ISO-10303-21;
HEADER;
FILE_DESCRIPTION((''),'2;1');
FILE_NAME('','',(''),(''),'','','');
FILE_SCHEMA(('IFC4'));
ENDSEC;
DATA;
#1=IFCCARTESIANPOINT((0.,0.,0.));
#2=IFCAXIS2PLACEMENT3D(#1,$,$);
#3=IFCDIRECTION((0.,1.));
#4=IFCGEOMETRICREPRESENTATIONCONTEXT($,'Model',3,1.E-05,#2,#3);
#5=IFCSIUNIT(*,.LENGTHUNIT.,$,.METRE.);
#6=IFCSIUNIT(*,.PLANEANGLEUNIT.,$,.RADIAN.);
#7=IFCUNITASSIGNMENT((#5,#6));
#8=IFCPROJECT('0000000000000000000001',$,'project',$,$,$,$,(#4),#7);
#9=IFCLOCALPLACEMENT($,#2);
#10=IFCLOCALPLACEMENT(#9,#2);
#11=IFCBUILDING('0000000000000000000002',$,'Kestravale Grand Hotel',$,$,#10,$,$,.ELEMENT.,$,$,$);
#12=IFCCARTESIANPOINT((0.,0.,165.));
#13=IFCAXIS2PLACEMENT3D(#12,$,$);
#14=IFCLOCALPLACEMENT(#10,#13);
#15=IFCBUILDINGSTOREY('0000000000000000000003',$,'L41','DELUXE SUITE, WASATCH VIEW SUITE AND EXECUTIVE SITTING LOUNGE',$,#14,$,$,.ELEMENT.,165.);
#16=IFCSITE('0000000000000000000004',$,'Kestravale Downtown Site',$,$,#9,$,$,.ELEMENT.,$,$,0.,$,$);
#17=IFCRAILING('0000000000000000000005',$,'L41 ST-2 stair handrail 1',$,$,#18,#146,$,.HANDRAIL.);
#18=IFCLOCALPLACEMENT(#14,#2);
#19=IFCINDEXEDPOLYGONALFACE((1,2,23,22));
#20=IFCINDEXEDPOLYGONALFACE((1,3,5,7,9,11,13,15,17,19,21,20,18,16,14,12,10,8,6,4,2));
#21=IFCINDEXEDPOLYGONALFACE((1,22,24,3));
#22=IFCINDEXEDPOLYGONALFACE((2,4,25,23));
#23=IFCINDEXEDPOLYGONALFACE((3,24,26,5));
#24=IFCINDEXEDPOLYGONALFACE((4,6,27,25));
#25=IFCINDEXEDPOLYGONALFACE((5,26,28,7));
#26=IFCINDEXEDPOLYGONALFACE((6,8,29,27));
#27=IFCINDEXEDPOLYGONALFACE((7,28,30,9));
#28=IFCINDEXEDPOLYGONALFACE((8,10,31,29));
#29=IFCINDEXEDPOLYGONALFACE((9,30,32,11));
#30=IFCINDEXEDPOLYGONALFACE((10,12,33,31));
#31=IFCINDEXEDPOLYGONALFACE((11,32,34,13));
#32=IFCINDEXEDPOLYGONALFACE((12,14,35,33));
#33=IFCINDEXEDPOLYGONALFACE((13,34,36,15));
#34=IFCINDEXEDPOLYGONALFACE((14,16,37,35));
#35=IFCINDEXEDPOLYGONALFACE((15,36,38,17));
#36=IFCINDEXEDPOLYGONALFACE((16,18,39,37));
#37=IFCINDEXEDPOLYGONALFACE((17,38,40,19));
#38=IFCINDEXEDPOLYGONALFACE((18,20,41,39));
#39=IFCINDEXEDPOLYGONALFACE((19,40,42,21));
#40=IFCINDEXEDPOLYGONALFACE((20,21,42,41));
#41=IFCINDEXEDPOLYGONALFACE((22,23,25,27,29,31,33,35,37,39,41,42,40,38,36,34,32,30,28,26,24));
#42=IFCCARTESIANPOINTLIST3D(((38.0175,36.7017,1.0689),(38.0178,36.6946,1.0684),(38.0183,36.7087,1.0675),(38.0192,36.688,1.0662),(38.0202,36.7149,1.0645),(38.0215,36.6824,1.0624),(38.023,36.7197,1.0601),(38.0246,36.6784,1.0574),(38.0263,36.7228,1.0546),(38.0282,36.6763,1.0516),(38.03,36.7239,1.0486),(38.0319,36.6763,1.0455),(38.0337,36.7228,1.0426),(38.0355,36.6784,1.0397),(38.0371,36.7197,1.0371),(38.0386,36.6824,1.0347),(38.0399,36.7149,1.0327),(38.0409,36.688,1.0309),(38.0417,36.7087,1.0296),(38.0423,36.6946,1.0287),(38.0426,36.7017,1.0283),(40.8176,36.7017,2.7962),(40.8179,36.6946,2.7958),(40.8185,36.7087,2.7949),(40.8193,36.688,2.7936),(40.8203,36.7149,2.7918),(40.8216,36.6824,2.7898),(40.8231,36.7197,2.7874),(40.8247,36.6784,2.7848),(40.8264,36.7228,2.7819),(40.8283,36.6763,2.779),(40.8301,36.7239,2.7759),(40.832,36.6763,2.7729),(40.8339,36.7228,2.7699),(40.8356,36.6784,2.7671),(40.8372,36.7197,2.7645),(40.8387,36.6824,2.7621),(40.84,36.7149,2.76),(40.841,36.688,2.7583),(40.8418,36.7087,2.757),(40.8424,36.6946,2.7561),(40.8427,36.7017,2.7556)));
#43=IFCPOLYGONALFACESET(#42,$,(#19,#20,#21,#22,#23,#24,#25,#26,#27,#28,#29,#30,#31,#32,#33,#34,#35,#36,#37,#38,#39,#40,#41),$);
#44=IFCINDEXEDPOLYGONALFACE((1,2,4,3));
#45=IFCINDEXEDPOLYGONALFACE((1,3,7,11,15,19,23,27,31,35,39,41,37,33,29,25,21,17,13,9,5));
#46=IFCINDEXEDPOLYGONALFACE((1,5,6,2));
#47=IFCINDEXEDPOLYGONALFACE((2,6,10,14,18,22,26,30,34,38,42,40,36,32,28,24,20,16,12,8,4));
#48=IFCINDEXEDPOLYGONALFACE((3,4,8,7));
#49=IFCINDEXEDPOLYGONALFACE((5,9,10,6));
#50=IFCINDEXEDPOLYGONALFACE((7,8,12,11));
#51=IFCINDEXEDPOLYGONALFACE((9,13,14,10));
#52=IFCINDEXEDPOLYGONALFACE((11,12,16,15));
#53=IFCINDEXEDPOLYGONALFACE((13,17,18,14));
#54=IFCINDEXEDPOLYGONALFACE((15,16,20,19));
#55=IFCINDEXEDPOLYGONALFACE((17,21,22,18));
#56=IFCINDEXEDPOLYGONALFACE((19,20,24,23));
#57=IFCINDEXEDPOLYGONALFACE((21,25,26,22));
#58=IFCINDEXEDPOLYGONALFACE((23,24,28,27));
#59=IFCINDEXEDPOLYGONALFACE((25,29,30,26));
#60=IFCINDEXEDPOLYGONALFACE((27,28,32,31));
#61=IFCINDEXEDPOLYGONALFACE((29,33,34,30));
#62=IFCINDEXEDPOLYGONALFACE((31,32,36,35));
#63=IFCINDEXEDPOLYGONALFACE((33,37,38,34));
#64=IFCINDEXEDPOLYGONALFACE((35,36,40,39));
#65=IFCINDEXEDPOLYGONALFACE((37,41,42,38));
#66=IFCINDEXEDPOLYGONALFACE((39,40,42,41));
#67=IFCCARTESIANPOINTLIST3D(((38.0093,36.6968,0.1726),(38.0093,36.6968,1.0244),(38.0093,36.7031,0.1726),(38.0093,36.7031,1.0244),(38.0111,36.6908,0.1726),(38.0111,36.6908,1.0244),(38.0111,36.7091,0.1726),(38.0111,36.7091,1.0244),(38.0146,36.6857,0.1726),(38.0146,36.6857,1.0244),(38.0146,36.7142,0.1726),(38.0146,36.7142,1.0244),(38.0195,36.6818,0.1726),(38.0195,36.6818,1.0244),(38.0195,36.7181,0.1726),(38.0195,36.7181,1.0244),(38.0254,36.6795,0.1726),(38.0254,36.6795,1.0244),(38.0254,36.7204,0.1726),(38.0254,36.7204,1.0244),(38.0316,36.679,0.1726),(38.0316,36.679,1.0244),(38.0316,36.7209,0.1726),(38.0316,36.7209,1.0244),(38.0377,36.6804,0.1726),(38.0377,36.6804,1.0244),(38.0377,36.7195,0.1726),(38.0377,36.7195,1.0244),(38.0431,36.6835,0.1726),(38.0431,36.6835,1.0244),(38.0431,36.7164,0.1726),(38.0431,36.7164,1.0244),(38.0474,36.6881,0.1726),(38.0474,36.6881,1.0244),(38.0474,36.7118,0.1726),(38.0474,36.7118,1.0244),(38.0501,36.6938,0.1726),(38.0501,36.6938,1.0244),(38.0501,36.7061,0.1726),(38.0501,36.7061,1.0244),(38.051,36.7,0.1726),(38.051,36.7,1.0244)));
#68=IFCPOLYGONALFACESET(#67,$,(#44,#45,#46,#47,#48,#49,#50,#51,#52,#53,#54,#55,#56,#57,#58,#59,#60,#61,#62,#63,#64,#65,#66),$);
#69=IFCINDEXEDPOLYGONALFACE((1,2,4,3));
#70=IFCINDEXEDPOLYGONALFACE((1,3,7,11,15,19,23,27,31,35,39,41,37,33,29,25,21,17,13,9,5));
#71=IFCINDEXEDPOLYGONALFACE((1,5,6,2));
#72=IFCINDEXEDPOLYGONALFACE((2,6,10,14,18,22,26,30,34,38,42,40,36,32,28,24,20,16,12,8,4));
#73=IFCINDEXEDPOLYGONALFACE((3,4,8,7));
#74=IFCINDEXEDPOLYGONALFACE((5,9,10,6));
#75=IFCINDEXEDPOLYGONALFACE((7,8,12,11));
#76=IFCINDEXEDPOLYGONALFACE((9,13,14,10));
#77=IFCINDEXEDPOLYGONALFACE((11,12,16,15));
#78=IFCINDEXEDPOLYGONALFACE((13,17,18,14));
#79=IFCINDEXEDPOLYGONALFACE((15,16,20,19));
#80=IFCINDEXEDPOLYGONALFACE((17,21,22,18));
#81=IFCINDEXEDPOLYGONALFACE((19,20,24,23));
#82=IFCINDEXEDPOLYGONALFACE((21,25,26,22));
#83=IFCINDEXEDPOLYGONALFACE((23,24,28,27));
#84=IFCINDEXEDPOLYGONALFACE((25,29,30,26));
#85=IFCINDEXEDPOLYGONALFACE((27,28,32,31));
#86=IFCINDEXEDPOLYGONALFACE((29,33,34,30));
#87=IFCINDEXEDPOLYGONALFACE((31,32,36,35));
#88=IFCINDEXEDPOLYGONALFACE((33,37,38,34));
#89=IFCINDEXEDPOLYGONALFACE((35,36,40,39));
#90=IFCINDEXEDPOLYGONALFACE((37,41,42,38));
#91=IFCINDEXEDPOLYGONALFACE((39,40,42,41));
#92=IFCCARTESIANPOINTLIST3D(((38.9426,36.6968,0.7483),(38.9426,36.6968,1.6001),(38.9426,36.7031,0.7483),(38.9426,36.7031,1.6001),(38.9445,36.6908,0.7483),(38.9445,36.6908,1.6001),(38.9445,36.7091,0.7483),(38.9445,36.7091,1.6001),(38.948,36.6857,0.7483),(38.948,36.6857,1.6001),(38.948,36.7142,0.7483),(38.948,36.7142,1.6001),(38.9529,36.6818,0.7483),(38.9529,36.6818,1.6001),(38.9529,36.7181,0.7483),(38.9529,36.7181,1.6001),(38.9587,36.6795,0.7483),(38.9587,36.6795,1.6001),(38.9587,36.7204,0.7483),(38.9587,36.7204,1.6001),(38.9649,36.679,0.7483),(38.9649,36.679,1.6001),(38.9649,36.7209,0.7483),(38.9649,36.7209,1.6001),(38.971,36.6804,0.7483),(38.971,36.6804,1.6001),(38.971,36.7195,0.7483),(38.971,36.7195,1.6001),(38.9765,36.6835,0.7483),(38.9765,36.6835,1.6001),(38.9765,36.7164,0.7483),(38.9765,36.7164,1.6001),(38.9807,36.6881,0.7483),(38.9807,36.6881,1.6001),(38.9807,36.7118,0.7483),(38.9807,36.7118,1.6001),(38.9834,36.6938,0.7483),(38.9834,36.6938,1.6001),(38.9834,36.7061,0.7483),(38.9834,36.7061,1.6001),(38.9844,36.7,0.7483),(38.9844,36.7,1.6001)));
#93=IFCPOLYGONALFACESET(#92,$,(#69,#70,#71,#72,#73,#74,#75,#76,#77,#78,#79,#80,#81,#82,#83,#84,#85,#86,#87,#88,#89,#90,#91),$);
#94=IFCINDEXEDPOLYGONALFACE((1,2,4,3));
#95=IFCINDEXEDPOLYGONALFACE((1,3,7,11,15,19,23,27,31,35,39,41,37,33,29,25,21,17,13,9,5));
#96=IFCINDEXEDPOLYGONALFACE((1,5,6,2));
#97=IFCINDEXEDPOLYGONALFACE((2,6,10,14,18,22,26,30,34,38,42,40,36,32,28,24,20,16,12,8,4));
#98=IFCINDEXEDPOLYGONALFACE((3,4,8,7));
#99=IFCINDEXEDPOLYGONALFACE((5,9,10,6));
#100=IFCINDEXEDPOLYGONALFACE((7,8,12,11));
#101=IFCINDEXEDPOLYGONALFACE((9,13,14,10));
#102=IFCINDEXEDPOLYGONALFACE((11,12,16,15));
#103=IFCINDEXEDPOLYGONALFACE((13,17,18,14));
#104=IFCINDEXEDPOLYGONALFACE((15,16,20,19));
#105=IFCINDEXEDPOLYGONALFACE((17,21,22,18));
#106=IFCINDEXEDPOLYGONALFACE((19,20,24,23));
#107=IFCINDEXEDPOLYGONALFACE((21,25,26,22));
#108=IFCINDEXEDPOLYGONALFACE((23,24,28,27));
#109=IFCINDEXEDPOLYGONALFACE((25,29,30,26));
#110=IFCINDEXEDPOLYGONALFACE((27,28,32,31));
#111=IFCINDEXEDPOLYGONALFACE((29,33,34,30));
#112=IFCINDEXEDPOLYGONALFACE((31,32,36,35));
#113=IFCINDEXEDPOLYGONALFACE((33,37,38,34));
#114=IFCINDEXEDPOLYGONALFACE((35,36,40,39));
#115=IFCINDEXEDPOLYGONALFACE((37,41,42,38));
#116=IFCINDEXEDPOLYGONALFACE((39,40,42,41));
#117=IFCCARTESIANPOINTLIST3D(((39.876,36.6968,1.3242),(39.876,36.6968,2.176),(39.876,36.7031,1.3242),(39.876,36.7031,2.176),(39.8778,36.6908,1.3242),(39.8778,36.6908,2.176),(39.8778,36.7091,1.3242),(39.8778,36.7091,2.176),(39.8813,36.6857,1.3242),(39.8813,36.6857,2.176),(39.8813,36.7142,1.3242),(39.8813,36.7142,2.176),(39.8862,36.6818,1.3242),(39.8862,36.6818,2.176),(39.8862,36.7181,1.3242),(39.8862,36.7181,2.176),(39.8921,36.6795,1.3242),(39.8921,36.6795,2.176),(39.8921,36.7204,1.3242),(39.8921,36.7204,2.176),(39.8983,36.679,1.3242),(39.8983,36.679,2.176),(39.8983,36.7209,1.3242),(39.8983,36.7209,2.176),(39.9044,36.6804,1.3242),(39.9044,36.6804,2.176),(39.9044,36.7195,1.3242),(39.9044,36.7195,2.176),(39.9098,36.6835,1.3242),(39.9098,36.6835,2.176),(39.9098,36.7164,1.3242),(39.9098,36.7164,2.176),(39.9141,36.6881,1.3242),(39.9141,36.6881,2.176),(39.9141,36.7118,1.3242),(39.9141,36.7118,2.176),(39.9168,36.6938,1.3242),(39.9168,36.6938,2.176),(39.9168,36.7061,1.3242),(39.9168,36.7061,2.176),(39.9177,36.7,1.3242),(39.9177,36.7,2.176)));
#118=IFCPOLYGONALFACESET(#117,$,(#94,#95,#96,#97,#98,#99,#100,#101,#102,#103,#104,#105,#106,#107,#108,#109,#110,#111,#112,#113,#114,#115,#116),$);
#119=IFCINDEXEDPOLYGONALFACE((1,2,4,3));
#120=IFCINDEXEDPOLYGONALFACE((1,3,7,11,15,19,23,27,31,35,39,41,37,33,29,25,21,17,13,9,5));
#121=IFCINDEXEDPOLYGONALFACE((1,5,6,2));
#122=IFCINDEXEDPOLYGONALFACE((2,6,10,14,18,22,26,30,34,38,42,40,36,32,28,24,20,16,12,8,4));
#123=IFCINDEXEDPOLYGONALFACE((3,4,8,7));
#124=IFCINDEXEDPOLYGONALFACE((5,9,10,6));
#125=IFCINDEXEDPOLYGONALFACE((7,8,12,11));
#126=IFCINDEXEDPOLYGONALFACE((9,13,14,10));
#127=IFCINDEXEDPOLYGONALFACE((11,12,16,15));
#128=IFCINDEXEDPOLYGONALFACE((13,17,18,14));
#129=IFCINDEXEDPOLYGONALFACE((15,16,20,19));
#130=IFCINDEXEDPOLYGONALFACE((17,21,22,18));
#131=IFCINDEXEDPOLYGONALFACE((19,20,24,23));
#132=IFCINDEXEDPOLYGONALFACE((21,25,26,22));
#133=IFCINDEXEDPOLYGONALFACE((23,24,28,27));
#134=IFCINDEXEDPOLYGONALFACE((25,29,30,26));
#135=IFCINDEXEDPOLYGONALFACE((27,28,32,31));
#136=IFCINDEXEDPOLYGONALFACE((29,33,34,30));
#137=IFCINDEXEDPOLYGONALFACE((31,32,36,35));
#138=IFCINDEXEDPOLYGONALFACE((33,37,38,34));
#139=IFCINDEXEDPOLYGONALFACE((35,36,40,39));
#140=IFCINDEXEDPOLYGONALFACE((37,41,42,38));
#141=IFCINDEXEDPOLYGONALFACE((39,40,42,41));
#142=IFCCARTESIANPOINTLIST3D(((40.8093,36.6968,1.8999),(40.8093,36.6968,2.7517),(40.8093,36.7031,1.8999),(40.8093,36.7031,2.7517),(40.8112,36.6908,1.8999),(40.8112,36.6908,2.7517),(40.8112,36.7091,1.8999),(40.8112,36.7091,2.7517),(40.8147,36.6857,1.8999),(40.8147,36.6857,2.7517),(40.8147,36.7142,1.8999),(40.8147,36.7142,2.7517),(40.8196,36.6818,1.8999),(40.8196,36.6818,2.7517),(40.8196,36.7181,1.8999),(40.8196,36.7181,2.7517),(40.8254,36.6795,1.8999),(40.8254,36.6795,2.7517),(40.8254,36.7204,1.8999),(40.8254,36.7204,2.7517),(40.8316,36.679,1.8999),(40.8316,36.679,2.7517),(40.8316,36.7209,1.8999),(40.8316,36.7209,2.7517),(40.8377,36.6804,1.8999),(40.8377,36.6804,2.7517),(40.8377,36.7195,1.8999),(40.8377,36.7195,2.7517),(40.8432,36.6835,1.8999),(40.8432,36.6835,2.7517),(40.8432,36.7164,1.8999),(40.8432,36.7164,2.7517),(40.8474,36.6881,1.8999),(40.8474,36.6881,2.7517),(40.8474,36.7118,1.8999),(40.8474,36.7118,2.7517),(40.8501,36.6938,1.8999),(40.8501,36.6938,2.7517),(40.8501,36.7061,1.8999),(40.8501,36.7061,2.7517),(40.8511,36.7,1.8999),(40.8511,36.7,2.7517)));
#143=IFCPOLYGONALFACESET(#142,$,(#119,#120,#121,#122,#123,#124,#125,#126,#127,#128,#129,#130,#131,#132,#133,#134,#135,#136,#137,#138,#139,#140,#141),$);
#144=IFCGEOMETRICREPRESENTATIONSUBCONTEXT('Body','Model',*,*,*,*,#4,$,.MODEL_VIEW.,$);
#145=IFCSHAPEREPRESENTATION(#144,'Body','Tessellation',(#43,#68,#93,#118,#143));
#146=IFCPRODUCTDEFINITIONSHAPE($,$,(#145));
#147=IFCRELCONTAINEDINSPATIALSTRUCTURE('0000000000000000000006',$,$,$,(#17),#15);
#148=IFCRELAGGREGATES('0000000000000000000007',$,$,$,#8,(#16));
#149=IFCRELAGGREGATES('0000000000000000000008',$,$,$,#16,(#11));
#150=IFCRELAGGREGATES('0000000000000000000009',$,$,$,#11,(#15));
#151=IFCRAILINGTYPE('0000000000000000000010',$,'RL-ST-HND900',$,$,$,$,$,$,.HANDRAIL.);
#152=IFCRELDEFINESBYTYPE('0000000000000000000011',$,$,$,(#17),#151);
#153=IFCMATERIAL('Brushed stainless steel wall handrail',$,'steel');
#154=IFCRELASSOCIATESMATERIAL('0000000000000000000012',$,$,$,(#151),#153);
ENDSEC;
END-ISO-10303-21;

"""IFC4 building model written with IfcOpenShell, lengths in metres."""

from ifc_helpers import new_model, si_unit, direction, frame, origin, origin_2d, place, context, subcontext, project, spatial, circle, extrude, material, type_object, element, save


model = new_model("IFC4")

# Units and contexts
model_context = context("Model", 3, precision=1e-05, world=origin(), true_north=direction((0.0, 1.0)))
body_context = subcontext(model_context, "Body", "Model", "MODEL_VIEW")
ifc_project = project(units=[si_unit("LENGTHUNIT", "METRE"), si_unit("PLANEANGLEUNIT", "RADIAN")], contexts=[model_context])

# Site, building, storey
site_placement = place(None, origin())
site = spatial("IfcSite", under=ifc_project, at=site_placement, Name="Kestravale Downtown Site", CompositionType="ELEMENT", RefElevation=0.0)
building_placement = place(site_placement, origin())
building = spatial("IfcBuilding", under=site, at=building_placement, Name="Kestravale Grand Hotel", CompositionType="ELEMENT")
storey_placement = place(building_placement, frame((0.0, 0.0, 165.0)))
storey = spatial("IfcBuildingStorey", under=building, at=storey_placement, Name="L41", Description="DELUXE SUITE, WASATCH VIEW SUITE AND EXECUTIVE SITTING LOUNGE", CompositionType="ELEMENT", Elevation=165.0)

# Railing
ifc_material_1 = material(Name="Brushed stainless steel wall handrail", Category="steel")
railing_type_1 = type_object("IfcRailingType", Name="RL-ST-HND900", PredefinedType="HANDRAIL", material=ifc_material_1)
railing_1_placement = place(storey_placement, frame((38.03, 36.7, 0.1726)))
element("IfcRailing", 1, at=railing_1_placement, inside=storey, type_object=railing_type_1, Name="L41 ST-2 stair handrail 1", PredefinedType="HANDRAIL", context=body_context, shape_type="SweptSolid", body=[
    extrude(circle(Radius=0.0239, at=origin_2d()), frame((0.0, 0.0, 0.876), z_axis=(0.85109, 0.0, 0.52502), x_axis=(0.0, 1.0, 0.0)), (0.0, 0.0, 1.0), 3.29),
    extrude(circle(Radius=0.021, at=origin_2d()), origin(), (0.0, 0.0, 1.0), 0.8518),
    extrude(circle(Radius=0.021, at=origin_2d()), frame((0.9333, 0.0, 0.5757)), (0.0, 0.0, 1.0), 0.8518),
    extrude(circle(Radius=0.021, at=origin_2d()), frame((1.8667, 0.0, 1.1516)), (0.0, 0.0, 1.0), 0.8518),
    extrude(circle(Radius=0.021, at=origin_2d()), frame((2.8, 0.0, 1.7273)), (0.0, 0.0, 1.0), 0.8518),
])

save(model, "model.ifc")
